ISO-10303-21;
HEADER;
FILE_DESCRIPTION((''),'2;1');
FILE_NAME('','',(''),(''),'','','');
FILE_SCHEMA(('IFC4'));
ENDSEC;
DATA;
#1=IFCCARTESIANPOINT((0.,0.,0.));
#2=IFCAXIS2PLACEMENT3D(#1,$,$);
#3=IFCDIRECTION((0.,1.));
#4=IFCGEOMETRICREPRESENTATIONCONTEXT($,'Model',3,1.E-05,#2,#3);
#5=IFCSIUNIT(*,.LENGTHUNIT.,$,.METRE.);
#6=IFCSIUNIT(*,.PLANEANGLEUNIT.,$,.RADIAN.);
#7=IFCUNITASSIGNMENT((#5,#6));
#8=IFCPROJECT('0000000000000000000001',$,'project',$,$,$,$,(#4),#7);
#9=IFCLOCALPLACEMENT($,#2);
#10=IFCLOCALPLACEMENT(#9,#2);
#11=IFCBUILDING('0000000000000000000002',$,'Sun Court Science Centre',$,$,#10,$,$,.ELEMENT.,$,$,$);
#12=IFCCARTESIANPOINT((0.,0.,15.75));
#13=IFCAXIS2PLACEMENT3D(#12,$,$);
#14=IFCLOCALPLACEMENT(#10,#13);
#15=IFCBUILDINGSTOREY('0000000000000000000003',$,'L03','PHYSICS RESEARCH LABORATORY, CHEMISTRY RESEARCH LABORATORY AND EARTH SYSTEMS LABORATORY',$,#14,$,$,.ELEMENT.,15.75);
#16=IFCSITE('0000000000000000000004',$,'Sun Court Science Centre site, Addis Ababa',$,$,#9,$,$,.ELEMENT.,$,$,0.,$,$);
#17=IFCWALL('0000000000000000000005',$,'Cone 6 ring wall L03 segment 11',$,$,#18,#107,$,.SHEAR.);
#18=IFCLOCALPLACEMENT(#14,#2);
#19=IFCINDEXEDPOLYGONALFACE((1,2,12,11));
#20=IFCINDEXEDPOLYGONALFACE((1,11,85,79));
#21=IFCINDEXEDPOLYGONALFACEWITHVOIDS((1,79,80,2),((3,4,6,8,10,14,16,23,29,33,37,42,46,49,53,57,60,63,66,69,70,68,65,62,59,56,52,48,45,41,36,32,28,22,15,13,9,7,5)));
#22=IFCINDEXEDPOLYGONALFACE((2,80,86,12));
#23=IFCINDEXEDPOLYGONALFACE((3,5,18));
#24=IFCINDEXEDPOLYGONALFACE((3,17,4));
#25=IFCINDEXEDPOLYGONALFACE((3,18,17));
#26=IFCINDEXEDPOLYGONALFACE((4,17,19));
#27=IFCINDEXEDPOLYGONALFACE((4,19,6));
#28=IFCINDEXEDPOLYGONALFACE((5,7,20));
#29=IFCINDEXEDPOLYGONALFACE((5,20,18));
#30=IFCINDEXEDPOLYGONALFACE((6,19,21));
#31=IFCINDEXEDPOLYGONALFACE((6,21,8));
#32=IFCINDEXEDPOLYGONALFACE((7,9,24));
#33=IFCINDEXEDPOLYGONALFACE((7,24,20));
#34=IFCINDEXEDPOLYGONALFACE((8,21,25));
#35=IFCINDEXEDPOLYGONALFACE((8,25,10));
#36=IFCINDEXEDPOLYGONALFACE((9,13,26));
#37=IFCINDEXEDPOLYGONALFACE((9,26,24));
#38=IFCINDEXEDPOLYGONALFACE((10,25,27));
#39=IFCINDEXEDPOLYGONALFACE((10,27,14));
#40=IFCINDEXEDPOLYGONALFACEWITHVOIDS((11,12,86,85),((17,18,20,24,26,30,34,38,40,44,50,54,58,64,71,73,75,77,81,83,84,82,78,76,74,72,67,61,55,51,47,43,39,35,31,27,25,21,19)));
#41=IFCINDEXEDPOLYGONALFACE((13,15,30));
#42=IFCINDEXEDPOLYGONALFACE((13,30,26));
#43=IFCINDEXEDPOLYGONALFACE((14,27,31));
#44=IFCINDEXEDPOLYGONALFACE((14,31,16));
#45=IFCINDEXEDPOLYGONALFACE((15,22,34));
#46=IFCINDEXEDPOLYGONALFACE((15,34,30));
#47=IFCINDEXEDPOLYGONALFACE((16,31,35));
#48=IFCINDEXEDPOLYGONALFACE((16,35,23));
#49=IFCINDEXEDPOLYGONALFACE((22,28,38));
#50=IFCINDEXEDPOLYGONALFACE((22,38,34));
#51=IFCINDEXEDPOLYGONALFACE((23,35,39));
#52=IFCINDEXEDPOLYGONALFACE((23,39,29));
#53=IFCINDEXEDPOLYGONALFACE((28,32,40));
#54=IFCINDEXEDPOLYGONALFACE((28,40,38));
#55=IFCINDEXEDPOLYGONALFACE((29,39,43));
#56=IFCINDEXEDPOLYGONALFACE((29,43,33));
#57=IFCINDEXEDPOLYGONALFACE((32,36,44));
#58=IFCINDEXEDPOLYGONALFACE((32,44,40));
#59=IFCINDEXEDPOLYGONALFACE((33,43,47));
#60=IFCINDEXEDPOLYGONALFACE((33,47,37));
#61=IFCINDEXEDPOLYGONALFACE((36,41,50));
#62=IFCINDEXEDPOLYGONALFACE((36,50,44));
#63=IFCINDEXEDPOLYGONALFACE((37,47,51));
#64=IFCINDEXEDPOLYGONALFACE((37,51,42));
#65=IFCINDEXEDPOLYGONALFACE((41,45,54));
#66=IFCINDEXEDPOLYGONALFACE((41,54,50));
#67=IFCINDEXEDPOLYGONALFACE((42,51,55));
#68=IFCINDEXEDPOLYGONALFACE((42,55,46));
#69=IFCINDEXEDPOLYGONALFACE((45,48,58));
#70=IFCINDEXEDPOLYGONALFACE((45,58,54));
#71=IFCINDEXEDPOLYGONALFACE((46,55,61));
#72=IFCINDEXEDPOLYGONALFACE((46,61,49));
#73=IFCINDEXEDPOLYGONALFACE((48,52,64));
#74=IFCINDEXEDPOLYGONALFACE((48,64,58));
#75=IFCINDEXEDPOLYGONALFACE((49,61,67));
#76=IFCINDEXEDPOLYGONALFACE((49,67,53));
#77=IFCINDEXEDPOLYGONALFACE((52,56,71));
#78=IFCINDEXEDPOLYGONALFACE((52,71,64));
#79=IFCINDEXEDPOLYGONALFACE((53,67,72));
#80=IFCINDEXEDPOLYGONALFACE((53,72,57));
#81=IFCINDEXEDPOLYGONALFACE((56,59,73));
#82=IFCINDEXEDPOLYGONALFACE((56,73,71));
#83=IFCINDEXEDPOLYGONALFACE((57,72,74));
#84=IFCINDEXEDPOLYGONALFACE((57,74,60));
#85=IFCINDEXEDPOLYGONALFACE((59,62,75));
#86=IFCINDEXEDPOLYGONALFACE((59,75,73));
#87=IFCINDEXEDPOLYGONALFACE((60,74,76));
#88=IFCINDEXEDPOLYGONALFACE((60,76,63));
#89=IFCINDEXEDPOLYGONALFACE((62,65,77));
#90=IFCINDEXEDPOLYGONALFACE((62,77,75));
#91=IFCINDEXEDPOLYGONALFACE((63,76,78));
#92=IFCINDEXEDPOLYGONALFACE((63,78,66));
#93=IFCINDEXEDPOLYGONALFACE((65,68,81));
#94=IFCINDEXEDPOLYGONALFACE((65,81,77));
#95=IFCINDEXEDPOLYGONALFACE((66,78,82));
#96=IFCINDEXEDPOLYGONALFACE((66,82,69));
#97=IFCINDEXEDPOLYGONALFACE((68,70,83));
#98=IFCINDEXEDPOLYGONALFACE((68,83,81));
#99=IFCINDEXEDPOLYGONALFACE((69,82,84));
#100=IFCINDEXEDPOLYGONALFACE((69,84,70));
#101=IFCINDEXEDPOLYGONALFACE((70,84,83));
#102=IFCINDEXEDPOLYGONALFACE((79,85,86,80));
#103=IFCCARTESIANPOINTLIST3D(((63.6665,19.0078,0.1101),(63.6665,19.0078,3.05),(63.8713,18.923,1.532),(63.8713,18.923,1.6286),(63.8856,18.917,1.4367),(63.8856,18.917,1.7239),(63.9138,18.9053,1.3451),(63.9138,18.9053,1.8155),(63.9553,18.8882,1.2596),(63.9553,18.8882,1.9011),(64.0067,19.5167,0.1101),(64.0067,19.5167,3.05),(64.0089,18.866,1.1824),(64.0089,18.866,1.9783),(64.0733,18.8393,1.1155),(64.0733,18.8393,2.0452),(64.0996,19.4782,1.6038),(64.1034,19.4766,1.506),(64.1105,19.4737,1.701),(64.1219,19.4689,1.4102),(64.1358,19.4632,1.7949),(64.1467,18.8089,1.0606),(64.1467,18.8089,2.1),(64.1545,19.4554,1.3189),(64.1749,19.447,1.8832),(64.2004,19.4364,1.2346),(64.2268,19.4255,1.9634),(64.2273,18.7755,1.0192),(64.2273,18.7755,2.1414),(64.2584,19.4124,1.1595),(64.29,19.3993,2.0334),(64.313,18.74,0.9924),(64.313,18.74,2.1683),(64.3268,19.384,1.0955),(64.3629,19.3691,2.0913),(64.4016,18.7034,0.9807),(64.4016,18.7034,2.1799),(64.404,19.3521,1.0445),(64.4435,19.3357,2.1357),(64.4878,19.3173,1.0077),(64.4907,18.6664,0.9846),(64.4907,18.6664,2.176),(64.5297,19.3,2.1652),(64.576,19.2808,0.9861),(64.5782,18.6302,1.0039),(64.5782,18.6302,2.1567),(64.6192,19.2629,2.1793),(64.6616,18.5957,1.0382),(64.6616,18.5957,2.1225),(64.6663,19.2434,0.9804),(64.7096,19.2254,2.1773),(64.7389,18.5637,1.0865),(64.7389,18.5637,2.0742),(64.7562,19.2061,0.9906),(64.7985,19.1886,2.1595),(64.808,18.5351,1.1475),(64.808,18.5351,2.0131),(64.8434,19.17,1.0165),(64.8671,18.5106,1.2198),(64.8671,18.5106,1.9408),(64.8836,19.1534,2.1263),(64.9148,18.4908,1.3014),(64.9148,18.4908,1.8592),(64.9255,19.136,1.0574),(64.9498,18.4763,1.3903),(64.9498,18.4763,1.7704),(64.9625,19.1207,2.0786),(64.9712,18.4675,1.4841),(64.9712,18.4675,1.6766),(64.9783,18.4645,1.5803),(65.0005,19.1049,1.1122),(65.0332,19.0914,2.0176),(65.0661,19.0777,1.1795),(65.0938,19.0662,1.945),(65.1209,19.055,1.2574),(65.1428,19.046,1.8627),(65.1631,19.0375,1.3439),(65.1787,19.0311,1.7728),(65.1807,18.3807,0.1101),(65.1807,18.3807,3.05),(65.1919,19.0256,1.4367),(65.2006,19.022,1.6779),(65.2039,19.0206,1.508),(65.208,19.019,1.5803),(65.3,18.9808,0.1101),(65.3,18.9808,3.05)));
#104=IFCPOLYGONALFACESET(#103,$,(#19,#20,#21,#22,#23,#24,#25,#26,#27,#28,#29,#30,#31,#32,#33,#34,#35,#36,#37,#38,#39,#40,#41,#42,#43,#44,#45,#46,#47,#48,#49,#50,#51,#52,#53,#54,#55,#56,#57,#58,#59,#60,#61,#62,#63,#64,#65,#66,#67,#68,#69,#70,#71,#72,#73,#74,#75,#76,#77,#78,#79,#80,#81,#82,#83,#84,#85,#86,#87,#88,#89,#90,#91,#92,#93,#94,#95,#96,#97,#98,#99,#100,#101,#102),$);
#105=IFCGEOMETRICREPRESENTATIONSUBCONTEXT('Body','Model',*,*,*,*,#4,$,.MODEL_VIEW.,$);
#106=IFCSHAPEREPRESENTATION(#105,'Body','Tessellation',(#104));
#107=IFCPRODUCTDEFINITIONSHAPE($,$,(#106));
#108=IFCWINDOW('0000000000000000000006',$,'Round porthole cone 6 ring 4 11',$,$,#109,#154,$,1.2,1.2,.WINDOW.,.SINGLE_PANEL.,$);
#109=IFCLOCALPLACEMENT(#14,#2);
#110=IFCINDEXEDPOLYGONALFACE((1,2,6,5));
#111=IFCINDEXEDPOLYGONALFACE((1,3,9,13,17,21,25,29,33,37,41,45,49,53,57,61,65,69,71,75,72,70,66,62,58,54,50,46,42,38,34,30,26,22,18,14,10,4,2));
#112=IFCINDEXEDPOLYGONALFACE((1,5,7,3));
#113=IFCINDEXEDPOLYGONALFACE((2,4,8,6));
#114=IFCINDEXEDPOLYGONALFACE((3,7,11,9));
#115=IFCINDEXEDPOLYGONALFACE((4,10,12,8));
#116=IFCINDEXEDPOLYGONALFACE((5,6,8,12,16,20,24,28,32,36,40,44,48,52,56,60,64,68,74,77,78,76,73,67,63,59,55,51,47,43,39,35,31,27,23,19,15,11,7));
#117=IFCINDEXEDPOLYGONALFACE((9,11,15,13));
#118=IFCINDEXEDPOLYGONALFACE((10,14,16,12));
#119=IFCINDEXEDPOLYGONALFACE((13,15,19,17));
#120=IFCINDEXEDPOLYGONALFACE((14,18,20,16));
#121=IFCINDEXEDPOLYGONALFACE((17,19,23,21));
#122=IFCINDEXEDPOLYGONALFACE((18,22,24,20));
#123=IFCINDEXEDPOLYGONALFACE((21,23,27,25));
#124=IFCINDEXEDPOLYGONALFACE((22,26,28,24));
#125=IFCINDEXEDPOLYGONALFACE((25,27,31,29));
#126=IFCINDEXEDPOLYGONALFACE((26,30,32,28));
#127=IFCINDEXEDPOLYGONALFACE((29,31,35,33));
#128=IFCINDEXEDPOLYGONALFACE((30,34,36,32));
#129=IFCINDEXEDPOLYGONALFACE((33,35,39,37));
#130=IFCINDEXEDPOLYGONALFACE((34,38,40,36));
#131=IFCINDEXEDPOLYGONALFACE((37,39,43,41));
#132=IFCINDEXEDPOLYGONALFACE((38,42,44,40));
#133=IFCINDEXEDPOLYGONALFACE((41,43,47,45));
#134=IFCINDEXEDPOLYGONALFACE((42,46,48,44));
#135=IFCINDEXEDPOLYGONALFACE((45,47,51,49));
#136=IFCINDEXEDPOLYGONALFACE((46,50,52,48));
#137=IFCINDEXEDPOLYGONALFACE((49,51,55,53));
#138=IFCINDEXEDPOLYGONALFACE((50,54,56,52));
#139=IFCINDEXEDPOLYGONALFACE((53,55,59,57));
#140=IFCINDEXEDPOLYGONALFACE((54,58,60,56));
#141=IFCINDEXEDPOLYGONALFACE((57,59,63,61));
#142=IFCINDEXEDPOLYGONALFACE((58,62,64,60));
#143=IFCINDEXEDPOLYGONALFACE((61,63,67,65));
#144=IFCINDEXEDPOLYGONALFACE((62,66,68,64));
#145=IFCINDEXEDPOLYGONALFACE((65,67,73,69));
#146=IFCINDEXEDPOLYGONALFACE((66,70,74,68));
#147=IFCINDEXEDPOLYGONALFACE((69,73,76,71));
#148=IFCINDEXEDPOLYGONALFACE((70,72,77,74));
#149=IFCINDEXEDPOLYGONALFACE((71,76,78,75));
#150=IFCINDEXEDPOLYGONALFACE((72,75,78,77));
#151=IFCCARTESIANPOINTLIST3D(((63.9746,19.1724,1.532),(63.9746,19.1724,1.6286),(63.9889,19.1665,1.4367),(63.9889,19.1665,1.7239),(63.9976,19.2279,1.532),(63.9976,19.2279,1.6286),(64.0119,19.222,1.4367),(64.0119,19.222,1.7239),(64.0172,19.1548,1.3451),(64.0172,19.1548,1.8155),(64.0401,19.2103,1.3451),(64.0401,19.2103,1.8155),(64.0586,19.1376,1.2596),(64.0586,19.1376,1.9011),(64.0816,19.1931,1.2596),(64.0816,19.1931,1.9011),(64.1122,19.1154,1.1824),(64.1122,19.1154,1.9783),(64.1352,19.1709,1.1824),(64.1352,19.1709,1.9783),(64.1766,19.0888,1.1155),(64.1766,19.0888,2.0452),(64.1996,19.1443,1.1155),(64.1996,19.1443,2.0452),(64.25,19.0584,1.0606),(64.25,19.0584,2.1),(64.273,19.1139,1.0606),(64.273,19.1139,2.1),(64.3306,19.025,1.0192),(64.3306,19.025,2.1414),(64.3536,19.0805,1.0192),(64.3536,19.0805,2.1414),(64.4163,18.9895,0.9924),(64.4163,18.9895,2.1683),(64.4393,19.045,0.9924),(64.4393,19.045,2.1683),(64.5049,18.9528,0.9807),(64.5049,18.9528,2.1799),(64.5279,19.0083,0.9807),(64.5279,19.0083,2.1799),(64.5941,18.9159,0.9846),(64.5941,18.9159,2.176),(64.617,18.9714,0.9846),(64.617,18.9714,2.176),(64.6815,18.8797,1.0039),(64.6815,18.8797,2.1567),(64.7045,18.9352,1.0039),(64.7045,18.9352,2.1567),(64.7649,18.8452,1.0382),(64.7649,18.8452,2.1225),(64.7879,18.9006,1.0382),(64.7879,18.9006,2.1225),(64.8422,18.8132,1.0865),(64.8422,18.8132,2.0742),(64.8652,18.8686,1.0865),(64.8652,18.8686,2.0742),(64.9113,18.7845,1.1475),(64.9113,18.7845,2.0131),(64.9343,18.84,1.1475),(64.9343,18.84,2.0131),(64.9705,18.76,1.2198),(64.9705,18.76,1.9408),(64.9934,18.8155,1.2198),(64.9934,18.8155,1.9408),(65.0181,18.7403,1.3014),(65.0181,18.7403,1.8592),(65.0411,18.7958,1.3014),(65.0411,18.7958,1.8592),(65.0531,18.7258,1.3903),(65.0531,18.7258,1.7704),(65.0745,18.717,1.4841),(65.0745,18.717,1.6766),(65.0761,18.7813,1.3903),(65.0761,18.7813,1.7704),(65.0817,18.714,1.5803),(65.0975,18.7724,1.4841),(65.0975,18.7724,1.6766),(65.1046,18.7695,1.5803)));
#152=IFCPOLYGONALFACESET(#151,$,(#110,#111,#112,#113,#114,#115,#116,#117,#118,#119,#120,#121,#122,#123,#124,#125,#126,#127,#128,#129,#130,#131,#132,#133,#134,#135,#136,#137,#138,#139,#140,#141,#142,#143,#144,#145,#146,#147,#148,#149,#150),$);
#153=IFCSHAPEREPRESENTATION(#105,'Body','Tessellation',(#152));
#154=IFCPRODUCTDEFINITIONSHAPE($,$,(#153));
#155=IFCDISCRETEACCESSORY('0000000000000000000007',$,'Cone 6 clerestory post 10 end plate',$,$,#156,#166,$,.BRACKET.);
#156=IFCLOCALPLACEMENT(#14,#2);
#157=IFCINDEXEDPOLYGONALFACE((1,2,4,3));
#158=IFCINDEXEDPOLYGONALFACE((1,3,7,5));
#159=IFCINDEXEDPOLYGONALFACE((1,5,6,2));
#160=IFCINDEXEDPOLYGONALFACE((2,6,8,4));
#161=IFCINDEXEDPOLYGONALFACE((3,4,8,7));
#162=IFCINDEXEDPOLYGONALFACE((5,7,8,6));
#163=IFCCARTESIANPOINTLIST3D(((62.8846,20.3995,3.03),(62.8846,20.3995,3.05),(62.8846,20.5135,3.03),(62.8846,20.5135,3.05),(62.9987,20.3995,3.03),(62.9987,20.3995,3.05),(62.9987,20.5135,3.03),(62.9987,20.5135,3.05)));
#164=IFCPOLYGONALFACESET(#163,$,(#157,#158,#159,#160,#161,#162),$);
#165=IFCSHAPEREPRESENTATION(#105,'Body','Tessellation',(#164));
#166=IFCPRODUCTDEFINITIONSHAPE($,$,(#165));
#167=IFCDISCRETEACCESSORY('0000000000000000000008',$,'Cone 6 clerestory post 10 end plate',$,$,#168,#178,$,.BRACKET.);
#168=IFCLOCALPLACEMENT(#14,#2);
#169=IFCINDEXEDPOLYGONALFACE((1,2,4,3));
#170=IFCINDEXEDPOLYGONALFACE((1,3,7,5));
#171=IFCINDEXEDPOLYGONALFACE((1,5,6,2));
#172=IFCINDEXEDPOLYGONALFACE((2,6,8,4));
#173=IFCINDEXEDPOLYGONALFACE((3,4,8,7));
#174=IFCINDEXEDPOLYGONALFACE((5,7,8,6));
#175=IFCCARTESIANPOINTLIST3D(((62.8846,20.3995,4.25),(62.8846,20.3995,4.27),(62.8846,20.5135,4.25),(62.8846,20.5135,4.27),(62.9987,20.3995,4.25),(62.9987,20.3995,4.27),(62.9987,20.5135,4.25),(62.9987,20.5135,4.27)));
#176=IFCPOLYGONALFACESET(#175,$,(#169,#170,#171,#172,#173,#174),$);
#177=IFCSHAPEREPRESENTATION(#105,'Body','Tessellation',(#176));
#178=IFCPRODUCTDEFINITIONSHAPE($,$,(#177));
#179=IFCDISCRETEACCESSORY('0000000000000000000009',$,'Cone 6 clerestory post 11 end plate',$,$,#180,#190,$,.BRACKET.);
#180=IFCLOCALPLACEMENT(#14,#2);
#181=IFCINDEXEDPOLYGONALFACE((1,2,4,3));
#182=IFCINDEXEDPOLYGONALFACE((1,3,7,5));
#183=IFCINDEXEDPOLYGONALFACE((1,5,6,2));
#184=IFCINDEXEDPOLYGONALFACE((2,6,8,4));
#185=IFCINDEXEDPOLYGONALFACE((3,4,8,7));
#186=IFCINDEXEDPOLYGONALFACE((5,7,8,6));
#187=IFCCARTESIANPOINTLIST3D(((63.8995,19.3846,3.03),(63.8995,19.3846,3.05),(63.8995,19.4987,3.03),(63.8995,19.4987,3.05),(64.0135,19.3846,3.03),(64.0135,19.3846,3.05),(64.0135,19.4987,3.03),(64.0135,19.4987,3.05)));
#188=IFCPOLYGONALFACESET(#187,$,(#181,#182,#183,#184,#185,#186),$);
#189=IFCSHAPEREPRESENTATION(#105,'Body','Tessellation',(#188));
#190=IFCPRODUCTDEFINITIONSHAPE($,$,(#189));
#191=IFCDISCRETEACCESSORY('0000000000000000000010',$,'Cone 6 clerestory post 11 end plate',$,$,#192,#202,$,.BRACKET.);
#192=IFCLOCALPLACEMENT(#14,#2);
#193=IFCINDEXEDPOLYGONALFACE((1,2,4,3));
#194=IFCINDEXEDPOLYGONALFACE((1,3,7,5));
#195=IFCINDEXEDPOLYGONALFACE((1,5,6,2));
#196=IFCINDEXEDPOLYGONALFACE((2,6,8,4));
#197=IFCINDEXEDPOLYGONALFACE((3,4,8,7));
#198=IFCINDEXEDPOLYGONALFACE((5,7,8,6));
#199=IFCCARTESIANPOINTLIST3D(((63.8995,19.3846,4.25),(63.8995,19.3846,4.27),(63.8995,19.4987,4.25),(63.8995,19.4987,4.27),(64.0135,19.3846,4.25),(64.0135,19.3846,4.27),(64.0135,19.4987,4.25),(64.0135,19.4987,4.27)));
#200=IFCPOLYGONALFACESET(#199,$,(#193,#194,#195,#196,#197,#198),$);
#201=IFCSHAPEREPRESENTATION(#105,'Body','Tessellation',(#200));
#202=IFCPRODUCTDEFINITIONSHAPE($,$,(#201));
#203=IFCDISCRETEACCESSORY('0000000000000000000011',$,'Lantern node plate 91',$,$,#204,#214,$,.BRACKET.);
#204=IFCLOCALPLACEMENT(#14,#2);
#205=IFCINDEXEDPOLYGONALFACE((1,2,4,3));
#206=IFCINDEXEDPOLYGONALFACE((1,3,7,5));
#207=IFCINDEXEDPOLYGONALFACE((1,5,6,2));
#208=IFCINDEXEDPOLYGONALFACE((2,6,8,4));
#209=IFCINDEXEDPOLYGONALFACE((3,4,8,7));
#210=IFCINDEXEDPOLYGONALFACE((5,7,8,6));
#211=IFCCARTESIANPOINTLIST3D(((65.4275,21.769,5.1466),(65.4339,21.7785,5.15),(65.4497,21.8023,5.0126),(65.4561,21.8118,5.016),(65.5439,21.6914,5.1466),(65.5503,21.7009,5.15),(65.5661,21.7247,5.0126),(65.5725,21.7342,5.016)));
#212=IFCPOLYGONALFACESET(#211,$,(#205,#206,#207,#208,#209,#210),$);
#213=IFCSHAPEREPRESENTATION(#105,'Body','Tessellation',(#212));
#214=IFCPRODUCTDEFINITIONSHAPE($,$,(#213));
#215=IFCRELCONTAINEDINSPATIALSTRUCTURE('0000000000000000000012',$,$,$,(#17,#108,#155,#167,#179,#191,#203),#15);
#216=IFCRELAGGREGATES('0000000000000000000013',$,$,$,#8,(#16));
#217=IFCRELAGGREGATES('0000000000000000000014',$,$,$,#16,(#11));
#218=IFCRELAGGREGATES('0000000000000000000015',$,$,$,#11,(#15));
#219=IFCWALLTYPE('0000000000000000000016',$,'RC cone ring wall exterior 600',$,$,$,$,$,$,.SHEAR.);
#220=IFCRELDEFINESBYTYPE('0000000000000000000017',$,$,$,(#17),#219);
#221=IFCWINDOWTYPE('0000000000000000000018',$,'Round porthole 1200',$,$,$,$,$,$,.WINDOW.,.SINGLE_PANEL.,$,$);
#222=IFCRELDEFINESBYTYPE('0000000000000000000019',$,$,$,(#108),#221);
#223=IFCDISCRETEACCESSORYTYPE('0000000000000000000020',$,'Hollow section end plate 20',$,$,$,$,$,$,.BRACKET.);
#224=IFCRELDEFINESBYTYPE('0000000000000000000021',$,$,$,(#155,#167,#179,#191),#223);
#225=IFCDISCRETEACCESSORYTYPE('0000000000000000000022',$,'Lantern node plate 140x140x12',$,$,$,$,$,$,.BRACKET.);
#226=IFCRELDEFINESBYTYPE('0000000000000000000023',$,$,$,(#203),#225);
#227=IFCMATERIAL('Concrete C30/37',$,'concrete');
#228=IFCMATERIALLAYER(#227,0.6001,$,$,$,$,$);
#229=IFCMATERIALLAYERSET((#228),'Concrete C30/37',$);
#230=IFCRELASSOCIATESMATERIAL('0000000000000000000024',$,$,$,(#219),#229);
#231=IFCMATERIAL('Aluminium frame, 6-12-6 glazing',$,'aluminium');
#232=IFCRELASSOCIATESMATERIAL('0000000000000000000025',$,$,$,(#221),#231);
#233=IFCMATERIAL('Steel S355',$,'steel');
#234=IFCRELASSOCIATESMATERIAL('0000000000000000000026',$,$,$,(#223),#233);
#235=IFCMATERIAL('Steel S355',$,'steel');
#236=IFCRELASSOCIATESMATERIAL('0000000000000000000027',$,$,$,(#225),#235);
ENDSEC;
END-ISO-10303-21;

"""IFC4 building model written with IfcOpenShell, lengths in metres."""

from ifc_helpers import new_model, si_unit, direction, frame, frame_2d, origin, origin_2d, place, context, subcontext, project, spatial, polyline, rectangle, circle, outline, extrude, material, layer, layer_set, material_profile, profile_set, type_object, element, fill, save


model = new_model("IFC4")

# Units and contexts
model_context = context("Model", 3, precision=1e-05, world=origin(), true_north=direction((0.0, 1.0)))
body_context = subcontext(model_context, "Body", "Model", "MODEL_VIEW")
ifc_project = project(units=[si_unit("LENGTHUNIT", "METRE"), si_unit("PLANEANGLEUNIT", "RADIAN")], contexts=[model_context])

# Site, building, storey
site_placement = place(None, origin())
site = spatial("IfcSite", under=ifc_project, at=site_placement, Name="Sun Court Science Centre site, Addis Ababa", CompositionType="ELEMENT", RefElevation=0.0)
building_placement = place(site_placement, origin())
building = spatial("IfcBuilding", under=site, at=building_placement, Name="Sun Court Science Centre", CompositionType="ELEMENT")
storey_placement = place(building_placement, frame((0.0, 0.0, 15.75)))
storey = spatial("IfcBuildingStorey", under=building, at=storey_placement, Name="L03", Description="PHYSICS RESEARCH LABORATORY, CHEMISTRY RESEARCH LABORATORY AND EARTH SYSTEMS LABORATORY", CompositionType="ELEMENT", Elevation=15.75)

# Shared definitions
ifc_material_1 = material(Name="Concrete C30/37", Category="concrete")
ifc_layer_1 = layer(ifc_material_1, 0.6001)
ifc_layer_set_1 = layer_set([ifc_layer_1], Name="Concrete C30/37")
wall_type = type_object("IfcWallType", Name="RC cone ring wall exterior 600", PredefinedType="SHEAR", material=ifc_layer_set_1)

# Wall, opening, window
wall_1_placement = place(storey_placement, frame((63.7815, 19.2849, 0.1101), z_axis=(0.0, 0.0, 1.0), x_axis=(0.923908, -0.382615, 0.0)))
wall_1 = element("IfcWall", 1, at=wall_1_placement, inside=storey, type_object=wall_type, Name="Cone 6 ring wall L03 segment 11", PredefinedType="SHEAR", context=body_context, shape_type="SweptSolid", body=[
    extrude(outline(polyline([(-0.0002, -0.3), (1.6387, -0.3), (1.5193, 0.3), (0.1194, 0.3003), (-0.0002, -0.3)])), origin(), (0.0, 0.0, 1.0), 2.9399),
])
opening_placement = place(wall_1_placement, frame((0.2195, 0.0, 0.8701)))
opening = element("IfcOpeningElement", 2, at=opening_placement, cuts=wall_1, PredefinedType="OPENING", context=body_context, shape_type="SweptSolid", body=[
    extrude(circle(Radius=0.6001, at=frame_2d((0.6001, 0.6001))), frame((0.0, 0.3101, 0.0), z_axis=(0.0, -1.0, 0.0), x_axis=(1.0, 0.0, 0.0)), (0.0, 0.0, 1.0), 0.6201),
])
ifc_material_2 = material(Name="Aluminium frame, 6-12-6 glazing", Category="aluminium")
window_type = type_object("IfcWindowType", Name="Round porthole 1200", PartitioningType="SINGLE_PANEL", PredefinedType="WINDOW", material=ifc_material_2)
window_placement = place(opening_placement, origin())
window = element("IfcWindow", 3, at=window_placement, inside=storey, type_object=window_type, Name="Round porthole cone 6 ring 4 11", OverallHeight=1.2, OverallWidth=1.2, PartitioningType="SINGLE_PANEL", PredefinedType="WINDOW", context=body_context, shape_type="SweptSolid", body=[
    extrude(circle(Radius=0.6001, at=frame_2d((0.6001, 0.6001))), frame((0.0, 0.03, 0.0), z_axis=(0.0, -1.0, 0.0), x_axis=(1.0, 0.0, 0.0)), (0.0, 0.0, 1.0), 0.0601),
])
fill(opening, window)

# Discrete accessories
ifc_material_3 = material(Name="Steel S355", Category="steel")
discrete_accessory_type_1 = type_object("IfcDiscreteAccessoryType", Name="Hollow section end plate 20", PredefinedType="BRACKET", material=ifc_material_3)
for number, where, z_axis, x_axis, name in (
    (4, (62.9417, 20.4565, 3.03), (0.0, 0.0, 1.0), (1.0, 0.0, 0.0), "Cone 6 clerestory post 10 end plate"),
    (5, (62.9417, 20.4565, 4.25), (0.0, 0.0, 1.0), (1.0, 0.0, 0.0), "Cone 6 clerestory post 10 end plate"),
    (6, (63.9565, 19.4417, 3.03), (0.0, 0.0, 1.0), (1.0, 0.0, 0.0), "Cone 6 clerestory post 11 end plate"),
    (7, (63.9565, 19.4417, 4.25), (0.0, 0.0, 1.0), (1.0, 0.0, 0.0), "Cone 6 clerestory post 11 end plate"),
):
    element("IfcDiscreteAccessory", number, at=place(storey_placement, frame(where, z_axis=z_axis, x_axis=x_axis)), inside=storey, type_object=discrete_accessory_type_1, Name=name, PredefinedType="BRACKET", context=body_context, shape_type="SweptSolid", body=[
        extrude(rectangle(XDim=0.114, YDim=0.114, at=origin_2d()), origin(), (0.0, 0.0, 1.0), 0.02),
    ])
ifc_material_4 = material(Name="Steel S355", Category="steel")
ifc_material_profile_1 = material_profile(ifc_material_4, rectangle(XDim=0.1399, YDim=0.1399, at=origin_2d()), Name="PL 140x140")
ifc_profile_set_1 = profile_set([ifc_material_profile_1], Name="Steel S355")
discrete_accessory_type_2 = type_object("IfcDiscreteAccessoryType", Name="Lantern node plate 140x140x12", PredefinedType="BRACKET", material=ifc_profile_set_1)
discrete_accessory_1_placement = place(storey_placement, frame((65.4968, 21.7468, 5.0796), z_axis=(0.531498, 0.797248, 0.286191), x_axis=(-0.83205, 0.5547, 0.0)))
element("IfcDiscreteAccessory", 8, at=discrete_accessory_1_placement, inside=storey, type_object=discrete_accessory_type_2, Name="Lantern node plate 91", PredefinedType="BRACKET", context=body_context, shape_type="SweptSolid", body=[
    extrude(rectangle(XDim=0.1399, YDim=0.1399, at=origin_2d()), origin(), (0.0, 0.0, 1.0), 0.012),
])

save(model, "model.ifc")
